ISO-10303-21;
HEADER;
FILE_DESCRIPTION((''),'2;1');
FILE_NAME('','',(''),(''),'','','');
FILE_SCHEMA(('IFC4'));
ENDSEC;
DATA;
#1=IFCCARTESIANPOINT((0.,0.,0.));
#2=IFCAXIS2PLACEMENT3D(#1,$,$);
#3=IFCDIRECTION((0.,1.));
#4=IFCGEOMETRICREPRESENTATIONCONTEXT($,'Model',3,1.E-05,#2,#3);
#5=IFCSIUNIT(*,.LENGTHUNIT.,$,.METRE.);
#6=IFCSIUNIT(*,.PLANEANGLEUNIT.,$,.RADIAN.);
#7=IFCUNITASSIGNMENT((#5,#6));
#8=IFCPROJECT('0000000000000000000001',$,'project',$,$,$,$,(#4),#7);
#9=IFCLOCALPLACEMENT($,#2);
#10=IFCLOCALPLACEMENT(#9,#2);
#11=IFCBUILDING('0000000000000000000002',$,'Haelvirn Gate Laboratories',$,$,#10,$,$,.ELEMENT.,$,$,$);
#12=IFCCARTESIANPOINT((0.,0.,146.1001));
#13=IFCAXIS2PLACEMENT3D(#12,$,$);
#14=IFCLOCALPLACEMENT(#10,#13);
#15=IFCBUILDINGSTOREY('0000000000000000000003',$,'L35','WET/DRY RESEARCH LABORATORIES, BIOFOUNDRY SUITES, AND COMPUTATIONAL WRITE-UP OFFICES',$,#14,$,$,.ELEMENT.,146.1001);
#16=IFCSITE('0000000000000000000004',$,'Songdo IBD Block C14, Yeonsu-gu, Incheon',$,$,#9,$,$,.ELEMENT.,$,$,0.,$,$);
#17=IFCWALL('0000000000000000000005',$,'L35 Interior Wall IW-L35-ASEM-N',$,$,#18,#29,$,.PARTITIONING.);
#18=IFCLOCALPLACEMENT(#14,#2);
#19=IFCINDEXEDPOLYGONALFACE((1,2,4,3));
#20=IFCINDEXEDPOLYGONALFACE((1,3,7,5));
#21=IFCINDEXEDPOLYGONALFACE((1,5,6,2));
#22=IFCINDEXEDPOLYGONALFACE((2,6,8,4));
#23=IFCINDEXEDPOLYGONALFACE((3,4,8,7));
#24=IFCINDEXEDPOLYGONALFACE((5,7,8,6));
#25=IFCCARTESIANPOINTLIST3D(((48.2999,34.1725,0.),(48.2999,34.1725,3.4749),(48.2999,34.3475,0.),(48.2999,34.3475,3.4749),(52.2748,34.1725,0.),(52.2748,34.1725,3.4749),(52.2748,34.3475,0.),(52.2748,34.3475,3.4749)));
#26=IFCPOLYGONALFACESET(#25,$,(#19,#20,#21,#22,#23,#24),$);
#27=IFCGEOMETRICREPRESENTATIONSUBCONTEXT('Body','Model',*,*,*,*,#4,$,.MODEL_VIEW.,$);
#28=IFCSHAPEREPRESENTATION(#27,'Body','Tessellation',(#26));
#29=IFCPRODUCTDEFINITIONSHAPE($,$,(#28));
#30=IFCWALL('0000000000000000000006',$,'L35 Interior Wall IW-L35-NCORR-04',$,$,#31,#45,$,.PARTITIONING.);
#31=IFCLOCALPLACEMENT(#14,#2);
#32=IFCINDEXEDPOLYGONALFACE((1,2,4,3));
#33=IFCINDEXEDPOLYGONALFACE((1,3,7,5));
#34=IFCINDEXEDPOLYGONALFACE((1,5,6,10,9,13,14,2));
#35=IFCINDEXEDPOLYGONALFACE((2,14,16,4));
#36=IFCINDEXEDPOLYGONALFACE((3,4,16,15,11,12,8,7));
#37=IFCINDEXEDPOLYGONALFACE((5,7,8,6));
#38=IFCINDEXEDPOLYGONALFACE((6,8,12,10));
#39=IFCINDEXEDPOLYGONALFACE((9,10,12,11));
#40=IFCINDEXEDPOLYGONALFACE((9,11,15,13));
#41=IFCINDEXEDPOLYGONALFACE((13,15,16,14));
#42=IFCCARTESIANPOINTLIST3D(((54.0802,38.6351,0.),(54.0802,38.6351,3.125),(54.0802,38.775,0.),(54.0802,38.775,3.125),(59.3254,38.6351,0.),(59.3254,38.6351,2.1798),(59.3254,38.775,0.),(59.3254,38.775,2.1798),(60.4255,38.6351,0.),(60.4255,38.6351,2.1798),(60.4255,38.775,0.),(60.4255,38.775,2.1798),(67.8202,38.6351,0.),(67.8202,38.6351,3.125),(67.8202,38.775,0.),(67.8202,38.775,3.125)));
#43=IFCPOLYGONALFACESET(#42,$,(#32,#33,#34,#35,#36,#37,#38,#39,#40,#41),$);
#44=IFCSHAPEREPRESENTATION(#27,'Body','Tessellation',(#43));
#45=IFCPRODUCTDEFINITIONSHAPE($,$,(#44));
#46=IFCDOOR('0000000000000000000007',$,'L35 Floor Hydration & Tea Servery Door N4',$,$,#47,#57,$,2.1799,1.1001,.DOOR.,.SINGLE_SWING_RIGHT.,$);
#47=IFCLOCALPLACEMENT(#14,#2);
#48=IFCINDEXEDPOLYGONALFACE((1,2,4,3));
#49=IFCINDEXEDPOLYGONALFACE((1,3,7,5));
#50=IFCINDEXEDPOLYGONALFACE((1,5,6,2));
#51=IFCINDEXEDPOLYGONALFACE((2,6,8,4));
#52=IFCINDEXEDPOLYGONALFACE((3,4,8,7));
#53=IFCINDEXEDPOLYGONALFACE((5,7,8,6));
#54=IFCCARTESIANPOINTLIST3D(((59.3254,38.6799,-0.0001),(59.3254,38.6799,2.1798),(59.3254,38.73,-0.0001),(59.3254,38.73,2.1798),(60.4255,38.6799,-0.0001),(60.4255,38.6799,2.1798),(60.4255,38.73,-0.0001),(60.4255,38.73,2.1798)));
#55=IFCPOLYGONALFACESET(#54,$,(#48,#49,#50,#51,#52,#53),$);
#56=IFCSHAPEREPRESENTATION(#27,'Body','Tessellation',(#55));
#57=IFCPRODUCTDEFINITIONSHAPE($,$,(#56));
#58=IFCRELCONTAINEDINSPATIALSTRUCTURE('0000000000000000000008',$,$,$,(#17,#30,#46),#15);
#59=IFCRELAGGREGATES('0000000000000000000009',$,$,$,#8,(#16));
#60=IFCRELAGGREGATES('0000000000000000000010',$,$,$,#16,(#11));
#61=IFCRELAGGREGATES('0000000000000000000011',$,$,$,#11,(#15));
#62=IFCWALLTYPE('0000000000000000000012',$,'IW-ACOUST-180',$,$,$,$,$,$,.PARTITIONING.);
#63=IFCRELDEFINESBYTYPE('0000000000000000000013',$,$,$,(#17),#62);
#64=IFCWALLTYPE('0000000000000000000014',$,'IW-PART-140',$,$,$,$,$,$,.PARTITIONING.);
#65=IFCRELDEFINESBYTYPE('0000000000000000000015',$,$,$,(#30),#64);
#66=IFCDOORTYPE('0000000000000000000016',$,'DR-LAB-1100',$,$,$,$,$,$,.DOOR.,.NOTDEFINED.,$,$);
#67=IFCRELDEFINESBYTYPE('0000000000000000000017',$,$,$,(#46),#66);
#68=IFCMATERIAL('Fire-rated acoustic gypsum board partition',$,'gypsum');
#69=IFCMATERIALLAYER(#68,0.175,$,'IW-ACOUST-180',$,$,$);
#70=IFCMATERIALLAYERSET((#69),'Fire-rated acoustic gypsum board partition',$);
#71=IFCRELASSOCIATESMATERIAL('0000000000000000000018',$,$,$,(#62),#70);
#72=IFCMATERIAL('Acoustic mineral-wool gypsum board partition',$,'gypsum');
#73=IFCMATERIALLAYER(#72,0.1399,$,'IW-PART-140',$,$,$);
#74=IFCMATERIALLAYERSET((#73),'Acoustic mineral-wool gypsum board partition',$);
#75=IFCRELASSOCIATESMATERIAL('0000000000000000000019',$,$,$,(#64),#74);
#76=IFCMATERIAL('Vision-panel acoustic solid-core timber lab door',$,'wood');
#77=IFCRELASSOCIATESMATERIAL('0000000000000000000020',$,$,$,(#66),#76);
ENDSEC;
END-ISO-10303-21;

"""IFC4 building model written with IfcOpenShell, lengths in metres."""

from ifc_helpers import new_model, si_unit, direction, frame, frame_2d, origin, place, context, subcontext, project, spatial, rectangle, extrude, source, transform, mapped, material, layer, layer_set, type_object, type_shapes, element, fill, save


model = new_model("IFC4")

# Units and contexts
model_context = context("Model", 3, precision=1e-05, world=origin(), true_north=direction((0.0, 1.0)))
body_context = subcontext(model_context, "Body", "Model", "MODEL_VIEW")
ifc_project = project(units=[si_unit("LENGTHUNIT", "METRE"), si_unit("PLANEANGLEUNIT", "RADIAN")], contexts=[model_context])

# Site, building, storey
site_placement = place(None, origin())
site = spatial("IfcSite", under=ifc_project, at=site_placement, Name="Songdo IBD Block C14, Yeonsu-gu, Incheon", CompositionType="ELEMENT", RefElevation=0.0)
building_placement = place(site_placement, origin())
building = spatial("IfcBuilding", under=site, at=building_placement, Name="Haelvirn Gate Laboratories", CompositionType="ELEMENT")
storey_placement = place(building_placement, frame((0.0, 0.0, 146.1001)))
storey = spatial("IfcBuildingStorey", under=building, at=storey_placement, Name="L35", Description="WET/DRY RESEARCH LABORATORIES, BIOFOUNDRY SUITES, AND COMPUTATIONAL WRITE-UP OFFICES", CompositionType="ELEMENT", Elevation=146.1001)

# Wall
ifc_material_1 = material(Name="Fire-rated acoustic gypsum board partition", Category="gypsum")
ifc_layer_1 = layer(ifc_material_1, 0.175, Name="IW-ACOUST-180")
ifc_layer_set_1 = layer_set([ifc_layer_1], Name="Fire-rated acoustic gypsum board partition")
wall_type_1 = type_object("IfcWallType", Name="IW-ACOUST-180", PredefinedType="PARTITIONING", material=ifc_layer_set_1)
wall_1_placement = place(storey_placement, frame((48.3, 34.26, 0.0), z_axis=(0.0, 0.0, 1.0), x_axis=(1.0, 0.0, 0.0)))
element("IfcWall", 1, at=wall_1_placement, inside=storey, type_object=wall_type_1, Name="L35 Interior Wall IW-L35-ASEM-N", PredefinedType="PARTITIONING", context=body_context, shape_type="SweptSolid", body=[
    extrude(rectangle(XDim=3.9749, YDim=0.175, at=frame_2d((1.9873, 0.0))), origin(), (0.0, 0.0, 1.0), 3.4749),
])

# Wall, opening, door
ifc_material_2 = material(Name="Acoustic mineral-wool gypsum board partition", Category="gypsum")
ifc_layer_2 = layer(ifc_material_2, 0.1399, Name="IW-PART-140")
ifc_layer_set_2 = layer_set([ifc_layer_2], Name="Acoustic mineral-wool gypsum board partition")
wall_type_2 = type_object("IfcWallType", Name="IW-PART-140", PredefinedType="PARTITIONING", material=ifc_layer_set_2)
wall_2_placement = place(storey_placement, frame((54.0801, 38.7051, 0.0), z_axis=(0.0, 0.0, 1.0), x_axis=(1.0, 0.0, 0.0)))
wall_2 = element("IfcWall", 2, at=wall_2_placement, inside=storey, type_object=wall_type_2, Name="L35 Interior Wall IW-L35-NCORR-04", PredefinedType="PARTITIONING", context=body_context, shape_type="SweptSolid", body=[
    extrude(rectangle(XDim=13.74, YDim=0.1399, at=frame_2d((6.8701, 0.0))), origin(), (0.0, 0.0, 1.0), 3.125),
])
opening_placement = place(wall_2_placement, frame((5.2454, 0.0, 0.0)))
opening = element("IfcOpeningElement", 3, at=opening_placement, cuts=wall_2, PredefinedType="OPENING", context=body_context, shape_type="SweptSolid", body=[
    extrude(rectangle(XDim=1.1001, YDim=2.1799, at=frame_2d((0.55, 1.0898))), frame((0.0, 0.0801, 0.0), z_axis=(0.0, -1.0, 0.0), x_axis=(1.0, 0.0, 0.0)), (0.0, 0.0, 1.0), 0.1599),
])
ifc_material_3 = material(Name="Vision-panel acoustic solid-core timber lab door", Category="wood")
door_type = type_object("IfcDoorType", Name="DR-LAB-1100", OperationType="NOTDEFINED", PredefinedType="DOOR", material=ifc_material_3)
shared_shape_1 = source(origin(), body_context, "Body", "SweptSolid", [
    extrude(rectangle(XDim=1.1001, YDim=2.1799, at=frame_2d((0.55, 1.0898))), frame((0.0, 0.0249, 0.0), z_axis=(0.0, -1.0, 0.0), x_axis=(1.0, 0.0, 0.0)), (0.0, 0.0, 1.0), 0.05),
])
type_shapes(door_type, [shared_shape_1])
door_placement = place(opening_placement, origin())
door = element("IfcDoor", 4, at=door_placement, inside=storey, type_object=door_type, Name="L35 Floor Hydration & Tea Servery Door N4", OperationType="SINGLE_SWING_RIGHT", OverallHeight=2.1799, OverallWidth=1.1001, PredefinedType="DOOR", context=body_context, shape_type="MappedRepresentation", body=[
    mapped(shared_shape_1, transform((0.0, 0.0, 0.0), scale=1.0)),
])
fill(opening, door)

save(model, "model.ifc")
